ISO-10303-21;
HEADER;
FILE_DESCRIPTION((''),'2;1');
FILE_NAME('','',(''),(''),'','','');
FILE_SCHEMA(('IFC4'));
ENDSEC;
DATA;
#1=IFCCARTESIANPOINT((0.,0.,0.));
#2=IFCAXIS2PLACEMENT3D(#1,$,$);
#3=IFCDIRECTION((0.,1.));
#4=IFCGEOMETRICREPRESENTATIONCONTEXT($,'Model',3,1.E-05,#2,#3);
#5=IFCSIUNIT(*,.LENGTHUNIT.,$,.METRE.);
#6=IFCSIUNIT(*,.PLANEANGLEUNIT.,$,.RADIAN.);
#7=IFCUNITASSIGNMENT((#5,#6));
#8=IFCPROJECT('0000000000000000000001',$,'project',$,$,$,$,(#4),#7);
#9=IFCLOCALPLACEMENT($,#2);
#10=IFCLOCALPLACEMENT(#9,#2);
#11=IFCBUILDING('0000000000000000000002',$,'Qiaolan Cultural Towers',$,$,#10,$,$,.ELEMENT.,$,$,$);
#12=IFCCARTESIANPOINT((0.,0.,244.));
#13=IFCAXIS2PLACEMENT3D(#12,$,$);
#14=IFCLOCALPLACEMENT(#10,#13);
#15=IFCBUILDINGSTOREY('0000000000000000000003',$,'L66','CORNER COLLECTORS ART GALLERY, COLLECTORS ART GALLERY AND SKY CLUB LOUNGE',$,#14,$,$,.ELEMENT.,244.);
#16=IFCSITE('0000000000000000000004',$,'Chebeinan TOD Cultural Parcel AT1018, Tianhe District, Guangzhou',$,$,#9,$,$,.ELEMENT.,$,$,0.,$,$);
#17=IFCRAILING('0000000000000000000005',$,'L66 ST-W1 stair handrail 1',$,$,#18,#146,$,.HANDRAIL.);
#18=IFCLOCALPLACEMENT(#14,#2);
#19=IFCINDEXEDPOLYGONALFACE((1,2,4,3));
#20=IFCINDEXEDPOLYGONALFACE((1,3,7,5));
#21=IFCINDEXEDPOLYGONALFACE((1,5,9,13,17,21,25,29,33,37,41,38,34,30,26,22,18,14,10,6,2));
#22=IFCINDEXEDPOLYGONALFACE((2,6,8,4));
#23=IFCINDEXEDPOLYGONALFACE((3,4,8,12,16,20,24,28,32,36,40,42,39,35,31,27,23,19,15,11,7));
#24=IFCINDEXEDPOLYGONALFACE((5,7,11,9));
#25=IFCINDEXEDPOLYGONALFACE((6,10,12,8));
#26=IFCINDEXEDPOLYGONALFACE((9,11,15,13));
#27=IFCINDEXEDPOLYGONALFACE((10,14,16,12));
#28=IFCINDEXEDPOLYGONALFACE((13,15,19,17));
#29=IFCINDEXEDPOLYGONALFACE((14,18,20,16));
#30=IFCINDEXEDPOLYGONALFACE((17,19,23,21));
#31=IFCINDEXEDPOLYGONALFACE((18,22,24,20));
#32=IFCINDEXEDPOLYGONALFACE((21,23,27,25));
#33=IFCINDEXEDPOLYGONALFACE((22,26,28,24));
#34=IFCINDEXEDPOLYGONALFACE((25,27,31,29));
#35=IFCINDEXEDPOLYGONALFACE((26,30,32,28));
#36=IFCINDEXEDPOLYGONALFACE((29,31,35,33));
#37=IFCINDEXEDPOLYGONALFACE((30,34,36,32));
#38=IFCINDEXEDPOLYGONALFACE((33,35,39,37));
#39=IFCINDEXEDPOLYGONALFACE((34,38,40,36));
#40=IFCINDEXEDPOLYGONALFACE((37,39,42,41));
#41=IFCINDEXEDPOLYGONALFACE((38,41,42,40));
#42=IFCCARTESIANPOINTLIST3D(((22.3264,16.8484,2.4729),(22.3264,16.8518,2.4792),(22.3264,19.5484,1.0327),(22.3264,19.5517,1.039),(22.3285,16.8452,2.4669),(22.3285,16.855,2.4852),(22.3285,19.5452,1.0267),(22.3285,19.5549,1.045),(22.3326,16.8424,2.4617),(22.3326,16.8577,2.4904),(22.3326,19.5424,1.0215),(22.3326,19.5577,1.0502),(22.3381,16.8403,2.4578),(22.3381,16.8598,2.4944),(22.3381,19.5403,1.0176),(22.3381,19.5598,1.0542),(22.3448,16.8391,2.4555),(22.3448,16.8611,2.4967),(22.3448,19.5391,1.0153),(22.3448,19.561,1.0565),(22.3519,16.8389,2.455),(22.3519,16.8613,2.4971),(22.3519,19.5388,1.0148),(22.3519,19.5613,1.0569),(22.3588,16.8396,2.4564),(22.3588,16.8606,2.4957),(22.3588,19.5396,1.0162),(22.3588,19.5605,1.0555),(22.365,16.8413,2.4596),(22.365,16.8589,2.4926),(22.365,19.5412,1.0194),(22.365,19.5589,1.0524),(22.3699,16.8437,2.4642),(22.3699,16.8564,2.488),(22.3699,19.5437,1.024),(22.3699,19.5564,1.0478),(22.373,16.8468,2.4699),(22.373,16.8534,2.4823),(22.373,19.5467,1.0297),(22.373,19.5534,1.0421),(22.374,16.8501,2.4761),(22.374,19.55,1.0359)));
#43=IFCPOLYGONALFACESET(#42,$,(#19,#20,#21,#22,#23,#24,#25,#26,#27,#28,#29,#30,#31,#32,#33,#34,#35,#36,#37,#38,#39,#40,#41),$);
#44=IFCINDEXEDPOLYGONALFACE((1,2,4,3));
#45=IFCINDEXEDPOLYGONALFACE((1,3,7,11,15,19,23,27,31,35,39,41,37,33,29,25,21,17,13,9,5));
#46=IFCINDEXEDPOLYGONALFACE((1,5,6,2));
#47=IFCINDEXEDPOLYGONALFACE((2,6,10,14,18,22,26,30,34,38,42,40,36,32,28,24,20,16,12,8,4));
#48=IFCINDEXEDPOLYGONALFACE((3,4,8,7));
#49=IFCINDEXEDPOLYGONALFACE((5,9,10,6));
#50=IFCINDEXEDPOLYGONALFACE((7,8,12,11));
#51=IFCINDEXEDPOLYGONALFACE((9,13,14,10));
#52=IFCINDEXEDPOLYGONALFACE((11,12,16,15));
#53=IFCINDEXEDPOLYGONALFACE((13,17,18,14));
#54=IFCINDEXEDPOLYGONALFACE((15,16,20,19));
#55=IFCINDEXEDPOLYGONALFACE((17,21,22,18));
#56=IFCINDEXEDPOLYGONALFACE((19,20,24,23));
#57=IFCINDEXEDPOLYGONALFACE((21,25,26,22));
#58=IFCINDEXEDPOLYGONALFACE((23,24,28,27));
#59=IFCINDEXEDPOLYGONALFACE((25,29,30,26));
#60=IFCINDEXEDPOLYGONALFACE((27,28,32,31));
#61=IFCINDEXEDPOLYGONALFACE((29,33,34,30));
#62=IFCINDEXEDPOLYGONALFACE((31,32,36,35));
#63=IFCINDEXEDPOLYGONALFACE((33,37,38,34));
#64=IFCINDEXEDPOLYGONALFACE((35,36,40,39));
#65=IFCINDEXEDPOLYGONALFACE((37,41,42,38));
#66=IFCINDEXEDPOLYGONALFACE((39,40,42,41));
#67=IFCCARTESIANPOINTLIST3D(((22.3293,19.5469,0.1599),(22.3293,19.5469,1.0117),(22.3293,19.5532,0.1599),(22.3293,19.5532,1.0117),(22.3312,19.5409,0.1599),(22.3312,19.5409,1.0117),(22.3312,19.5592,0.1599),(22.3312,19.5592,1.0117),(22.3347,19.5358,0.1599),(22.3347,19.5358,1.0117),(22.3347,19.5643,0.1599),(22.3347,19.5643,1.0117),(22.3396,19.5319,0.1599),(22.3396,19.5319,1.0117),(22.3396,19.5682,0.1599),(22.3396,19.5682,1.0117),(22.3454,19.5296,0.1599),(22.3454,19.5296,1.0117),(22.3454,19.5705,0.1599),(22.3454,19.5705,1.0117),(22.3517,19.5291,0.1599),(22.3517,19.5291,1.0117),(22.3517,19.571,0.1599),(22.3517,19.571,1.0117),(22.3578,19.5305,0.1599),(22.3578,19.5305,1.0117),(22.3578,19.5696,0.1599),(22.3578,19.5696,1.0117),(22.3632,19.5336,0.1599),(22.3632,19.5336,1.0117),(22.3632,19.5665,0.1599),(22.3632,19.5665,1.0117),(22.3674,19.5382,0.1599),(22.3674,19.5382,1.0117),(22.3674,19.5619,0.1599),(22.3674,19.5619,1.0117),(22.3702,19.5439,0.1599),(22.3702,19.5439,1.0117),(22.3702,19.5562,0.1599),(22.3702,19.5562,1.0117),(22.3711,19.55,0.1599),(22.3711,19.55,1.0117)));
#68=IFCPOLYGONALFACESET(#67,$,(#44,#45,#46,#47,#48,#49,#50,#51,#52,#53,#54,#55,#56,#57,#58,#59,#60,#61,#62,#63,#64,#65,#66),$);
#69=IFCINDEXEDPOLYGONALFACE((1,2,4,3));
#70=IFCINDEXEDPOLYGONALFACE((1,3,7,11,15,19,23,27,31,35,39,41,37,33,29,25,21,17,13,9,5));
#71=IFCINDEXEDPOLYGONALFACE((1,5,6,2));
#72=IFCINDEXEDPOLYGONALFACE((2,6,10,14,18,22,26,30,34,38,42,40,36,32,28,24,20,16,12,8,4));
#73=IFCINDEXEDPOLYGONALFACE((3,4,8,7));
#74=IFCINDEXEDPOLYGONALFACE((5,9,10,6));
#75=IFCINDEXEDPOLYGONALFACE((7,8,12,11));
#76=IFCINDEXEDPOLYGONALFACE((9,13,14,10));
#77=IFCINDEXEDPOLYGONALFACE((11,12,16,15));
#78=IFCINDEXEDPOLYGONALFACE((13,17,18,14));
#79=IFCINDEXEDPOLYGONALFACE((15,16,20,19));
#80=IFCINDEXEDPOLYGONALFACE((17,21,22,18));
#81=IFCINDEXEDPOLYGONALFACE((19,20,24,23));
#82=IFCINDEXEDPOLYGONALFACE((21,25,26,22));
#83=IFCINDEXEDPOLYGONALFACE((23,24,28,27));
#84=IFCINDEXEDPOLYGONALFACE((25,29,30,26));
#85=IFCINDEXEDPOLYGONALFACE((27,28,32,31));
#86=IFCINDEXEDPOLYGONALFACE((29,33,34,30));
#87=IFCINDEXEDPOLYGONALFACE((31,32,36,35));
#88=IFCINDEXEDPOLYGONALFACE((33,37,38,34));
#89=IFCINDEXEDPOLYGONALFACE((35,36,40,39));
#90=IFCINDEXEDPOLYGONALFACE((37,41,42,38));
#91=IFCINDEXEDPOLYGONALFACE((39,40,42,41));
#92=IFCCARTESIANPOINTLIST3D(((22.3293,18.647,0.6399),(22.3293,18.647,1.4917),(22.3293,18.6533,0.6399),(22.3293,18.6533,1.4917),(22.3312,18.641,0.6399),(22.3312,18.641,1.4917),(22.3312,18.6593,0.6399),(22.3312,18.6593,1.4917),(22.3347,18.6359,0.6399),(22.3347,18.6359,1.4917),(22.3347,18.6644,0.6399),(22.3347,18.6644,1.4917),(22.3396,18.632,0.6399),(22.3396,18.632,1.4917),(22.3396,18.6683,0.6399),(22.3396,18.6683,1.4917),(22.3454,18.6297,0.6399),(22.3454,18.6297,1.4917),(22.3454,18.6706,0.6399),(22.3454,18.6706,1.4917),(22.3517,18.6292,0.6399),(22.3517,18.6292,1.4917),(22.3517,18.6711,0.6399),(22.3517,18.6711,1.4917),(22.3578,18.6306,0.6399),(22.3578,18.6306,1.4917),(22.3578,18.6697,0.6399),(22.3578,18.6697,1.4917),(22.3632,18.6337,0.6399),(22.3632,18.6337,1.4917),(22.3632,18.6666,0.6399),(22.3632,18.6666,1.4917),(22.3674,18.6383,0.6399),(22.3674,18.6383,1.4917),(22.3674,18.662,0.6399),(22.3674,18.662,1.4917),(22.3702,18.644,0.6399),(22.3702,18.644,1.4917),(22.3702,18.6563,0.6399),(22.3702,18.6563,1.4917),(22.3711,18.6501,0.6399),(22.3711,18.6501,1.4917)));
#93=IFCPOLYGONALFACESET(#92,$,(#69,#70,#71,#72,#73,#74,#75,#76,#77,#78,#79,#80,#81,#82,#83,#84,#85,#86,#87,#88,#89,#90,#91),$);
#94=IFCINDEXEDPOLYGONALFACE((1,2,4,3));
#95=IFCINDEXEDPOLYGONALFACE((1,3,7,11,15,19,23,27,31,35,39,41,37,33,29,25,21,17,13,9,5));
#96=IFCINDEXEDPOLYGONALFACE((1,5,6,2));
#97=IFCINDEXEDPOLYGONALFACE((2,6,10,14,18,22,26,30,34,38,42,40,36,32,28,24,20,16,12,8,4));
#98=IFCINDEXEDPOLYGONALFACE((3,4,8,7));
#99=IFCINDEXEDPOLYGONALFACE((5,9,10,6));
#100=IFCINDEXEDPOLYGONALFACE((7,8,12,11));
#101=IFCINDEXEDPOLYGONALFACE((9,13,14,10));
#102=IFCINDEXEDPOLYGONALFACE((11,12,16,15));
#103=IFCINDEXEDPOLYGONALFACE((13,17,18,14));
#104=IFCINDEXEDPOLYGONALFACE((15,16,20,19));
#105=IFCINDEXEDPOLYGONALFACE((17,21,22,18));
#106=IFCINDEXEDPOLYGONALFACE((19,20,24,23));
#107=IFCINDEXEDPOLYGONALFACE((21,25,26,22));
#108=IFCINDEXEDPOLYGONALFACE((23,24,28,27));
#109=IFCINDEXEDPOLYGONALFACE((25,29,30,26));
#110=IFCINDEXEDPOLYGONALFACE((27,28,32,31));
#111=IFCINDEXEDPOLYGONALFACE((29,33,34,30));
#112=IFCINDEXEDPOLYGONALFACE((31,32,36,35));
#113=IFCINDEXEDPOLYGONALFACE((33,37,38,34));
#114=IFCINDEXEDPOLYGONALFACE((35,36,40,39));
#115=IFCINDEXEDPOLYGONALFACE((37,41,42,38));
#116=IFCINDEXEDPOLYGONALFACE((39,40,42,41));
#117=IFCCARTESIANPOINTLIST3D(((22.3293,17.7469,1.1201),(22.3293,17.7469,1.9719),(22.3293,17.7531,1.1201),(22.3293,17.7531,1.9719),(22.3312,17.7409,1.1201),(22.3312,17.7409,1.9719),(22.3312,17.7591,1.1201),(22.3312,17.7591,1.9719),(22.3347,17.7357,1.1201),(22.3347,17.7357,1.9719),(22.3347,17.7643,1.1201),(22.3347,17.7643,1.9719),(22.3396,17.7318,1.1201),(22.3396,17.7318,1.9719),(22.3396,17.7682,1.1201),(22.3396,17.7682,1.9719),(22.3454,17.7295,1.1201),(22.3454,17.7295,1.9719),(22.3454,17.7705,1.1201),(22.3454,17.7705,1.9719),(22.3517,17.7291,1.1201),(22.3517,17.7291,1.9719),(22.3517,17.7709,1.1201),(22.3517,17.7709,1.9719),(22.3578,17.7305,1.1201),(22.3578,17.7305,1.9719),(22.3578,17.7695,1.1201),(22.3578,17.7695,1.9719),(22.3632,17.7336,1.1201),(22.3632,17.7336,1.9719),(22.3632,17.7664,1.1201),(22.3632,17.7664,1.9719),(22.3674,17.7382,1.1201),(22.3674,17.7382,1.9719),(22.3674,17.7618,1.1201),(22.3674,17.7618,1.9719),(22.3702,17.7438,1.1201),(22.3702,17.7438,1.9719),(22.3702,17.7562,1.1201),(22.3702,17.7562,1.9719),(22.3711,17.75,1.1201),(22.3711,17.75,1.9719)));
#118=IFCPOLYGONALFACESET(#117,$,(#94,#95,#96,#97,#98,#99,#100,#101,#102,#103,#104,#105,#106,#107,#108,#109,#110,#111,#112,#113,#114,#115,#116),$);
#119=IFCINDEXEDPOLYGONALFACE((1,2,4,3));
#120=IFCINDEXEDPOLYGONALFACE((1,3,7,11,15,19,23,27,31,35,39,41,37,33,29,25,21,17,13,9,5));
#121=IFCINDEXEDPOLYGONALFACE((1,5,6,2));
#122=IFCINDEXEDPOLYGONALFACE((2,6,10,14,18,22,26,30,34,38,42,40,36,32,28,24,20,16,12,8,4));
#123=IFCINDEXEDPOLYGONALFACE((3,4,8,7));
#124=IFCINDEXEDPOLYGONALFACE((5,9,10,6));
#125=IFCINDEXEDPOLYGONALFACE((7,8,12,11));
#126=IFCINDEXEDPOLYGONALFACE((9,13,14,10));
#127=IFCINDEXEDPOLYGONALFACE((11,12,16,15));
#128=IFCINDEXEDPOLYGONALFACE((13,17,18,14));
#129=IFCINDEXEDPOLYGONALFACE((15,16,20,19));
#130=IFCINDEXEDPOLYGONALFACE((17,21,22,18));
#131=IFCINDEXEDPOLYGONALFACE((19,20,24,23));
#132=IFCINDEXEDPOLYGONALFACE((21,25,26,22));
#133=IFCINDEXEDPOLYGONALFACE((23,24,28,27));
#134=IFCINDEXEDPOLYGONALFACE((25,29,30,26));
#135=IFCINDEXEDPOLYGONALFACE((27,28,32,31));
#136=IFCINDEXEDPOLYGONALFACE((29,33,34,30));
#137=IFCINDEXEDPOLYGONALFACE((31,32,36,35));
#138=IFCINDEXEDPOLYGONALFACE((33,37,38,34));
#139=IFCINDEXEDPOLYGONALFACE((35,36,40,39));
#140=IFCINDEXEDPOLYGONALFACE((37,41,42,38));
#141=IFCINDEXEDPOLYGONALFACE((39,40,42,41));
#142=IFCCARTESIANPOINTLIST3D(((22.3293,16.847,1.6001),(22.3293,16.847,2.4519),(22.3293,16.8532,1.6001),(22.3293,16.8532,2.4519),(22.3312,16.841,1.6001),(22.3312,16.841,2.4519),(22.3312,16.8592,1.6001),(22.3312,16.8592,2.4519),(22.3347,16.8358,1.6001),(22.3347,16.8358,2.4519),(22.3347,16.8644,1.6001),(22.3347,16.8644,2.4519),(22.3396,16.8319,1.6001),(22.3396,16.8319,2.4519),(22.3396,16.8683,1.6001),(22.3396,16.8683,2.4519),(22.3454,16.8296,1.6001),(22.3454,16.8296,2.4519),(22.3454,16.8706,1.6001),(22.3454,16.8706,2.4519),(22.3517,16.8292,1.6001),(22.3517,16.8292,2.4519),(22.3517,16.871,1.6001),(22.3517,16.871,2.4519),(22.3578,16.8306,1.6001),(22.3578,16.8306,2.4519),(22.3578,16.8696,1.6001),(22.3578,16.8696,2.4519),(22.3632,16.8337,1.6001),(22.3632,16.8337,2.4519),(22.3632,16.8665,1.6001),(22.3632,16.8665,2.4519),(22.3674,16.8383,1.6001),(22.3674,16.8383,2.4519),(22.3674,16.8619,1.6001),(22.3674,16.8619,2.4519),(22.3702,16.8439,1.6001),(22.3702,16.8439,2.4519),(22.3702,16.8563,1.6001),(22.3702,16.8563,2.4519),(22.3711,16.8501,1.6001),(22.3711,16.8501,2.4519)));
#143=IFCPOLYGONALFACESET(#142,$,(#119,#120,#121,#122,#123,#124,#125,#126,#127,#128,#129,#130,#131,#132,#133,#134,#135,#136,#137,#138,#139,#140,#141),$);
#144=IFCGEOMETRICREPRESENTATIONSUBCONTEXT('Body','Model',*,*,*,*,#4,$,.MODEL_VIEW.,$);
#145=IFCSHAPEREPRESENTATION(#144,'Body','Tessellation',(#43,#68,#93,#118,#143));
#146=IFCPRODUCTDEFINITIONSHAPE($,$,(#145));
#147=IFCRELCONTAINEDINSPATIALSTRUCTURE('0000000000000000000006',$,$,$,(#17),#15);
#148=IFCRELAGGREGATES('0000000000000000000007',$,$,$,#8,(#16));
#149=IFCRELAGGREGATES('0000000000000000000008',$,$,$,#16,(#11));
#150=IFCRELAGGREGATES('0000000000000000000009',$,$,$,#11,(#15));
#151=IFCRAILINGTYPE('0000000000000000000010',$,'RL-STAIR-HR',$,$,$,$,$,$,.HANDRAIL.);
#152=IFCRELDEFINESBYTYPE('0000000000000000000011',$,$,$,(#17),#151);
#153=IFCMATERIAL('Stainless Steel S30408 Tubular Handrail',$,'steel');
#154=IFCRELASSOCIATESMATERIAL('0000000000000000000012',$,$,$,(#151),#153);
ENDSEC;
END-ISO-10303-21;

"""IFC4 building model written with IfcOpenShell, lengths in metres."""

from ifc_helpers import new_model, si_unit, direction, frame, origin, origin_2d, place, context, subcontext, project, spatial, circle, extrude, material, type_object, element, save


model = new_model("IFC4")

# Units and contexts
model_context = context("Model", 3, precision=1e-05, world=origin(), true_north=direction((0.0, 1.0)))
body_context = subcontext(model_context, "Body", "Model", "MODEL_VIEW")
ifc_project = project(units=[si_unit("LENGTHUNIT", "METRE"), si_unit("PLANEANGLEUNIT", "RADIAN")], contexts=[model_context])

# Site, building, storey
site_placement = place(None, origin())
site = spatial("IfcSite", under=ifc_project, at=site_placement, Name="Chebeinan TOD Cultural Parcel AT1018, Tianhe District, Guangzhou", CompositionType="ELEMENT", RefElevation=0.0)
building_placement = place(site_placement, origin())
building = spatial("IfcBuilding", under=site, at=building_placement, Name="Qiaolan Cultural Towers", CompositionType="ELEMENT")
storey_placement = place(building_placement, frame((0.0, 0.0, 244.0)))
storey = spatial("IfcBuildingStorey", under=building, at=storey_placement, Name="L66", Description="CORNER COLLECTORS ART GALLERY, COLLECTORS ART GALLERY AND SKY CLUB LOUNGE", CompositionType="ELEMENT", Elevation=244.0)

# Railing
ifc_material_1 = material(Name="Stainless Steel S30408 Tubular Handrail", Category="steel")
railing_type_1 = type_object("IfcRailingType", Name="RL-STAIR-HR", PredefinedType="HANDRAIL", material=ifc_material_1)
railing_1_placement = place(storey_placement, frame((22.3501, 19.55, 0.1599)))
element("IfcRailing", 1, at=railing_1_placement, inside=storey, type_object=railing_type_1, Name="L66 ST-W1 stair handrail 1", PredefinedType="HANDRAIL", context=body_context, shape_type="SweptSolid", body=[
    extrude(circle(Radius=0.0239, at=origin_2d()), frame((0.0, 0.0, 0.876), z_axis=(0.0, -0.882324, 0.470642), x_axis=(1.0, 0.0, 0.0)), (0.0, 0.0, 1.0), 3.0601),
    extrude(circle(Radius=0.021, at=origin_2d()), origin(), (0.0, 0.0, 1.0), 0.8518),
    extrude(circle(Radius=0.021, at=origin_2d()), frame((0.0, -0.8999, 0.48)), (0.0, 0.0, 1.0), 0.8518),
    extrude(circle(Radius=0.021, at=origin_2d()), frame((0.0, -1.8, 0.9602)), (0.0, 0.0, 1.0), 0.8518),
    extrude(circle(Radius=0.021, at=origin_2d()), frame((0.0, -2.7, 1.4402)), (0.0, 0.0, 1.0), 0.8518),
])

save(model, "model.ifc")
